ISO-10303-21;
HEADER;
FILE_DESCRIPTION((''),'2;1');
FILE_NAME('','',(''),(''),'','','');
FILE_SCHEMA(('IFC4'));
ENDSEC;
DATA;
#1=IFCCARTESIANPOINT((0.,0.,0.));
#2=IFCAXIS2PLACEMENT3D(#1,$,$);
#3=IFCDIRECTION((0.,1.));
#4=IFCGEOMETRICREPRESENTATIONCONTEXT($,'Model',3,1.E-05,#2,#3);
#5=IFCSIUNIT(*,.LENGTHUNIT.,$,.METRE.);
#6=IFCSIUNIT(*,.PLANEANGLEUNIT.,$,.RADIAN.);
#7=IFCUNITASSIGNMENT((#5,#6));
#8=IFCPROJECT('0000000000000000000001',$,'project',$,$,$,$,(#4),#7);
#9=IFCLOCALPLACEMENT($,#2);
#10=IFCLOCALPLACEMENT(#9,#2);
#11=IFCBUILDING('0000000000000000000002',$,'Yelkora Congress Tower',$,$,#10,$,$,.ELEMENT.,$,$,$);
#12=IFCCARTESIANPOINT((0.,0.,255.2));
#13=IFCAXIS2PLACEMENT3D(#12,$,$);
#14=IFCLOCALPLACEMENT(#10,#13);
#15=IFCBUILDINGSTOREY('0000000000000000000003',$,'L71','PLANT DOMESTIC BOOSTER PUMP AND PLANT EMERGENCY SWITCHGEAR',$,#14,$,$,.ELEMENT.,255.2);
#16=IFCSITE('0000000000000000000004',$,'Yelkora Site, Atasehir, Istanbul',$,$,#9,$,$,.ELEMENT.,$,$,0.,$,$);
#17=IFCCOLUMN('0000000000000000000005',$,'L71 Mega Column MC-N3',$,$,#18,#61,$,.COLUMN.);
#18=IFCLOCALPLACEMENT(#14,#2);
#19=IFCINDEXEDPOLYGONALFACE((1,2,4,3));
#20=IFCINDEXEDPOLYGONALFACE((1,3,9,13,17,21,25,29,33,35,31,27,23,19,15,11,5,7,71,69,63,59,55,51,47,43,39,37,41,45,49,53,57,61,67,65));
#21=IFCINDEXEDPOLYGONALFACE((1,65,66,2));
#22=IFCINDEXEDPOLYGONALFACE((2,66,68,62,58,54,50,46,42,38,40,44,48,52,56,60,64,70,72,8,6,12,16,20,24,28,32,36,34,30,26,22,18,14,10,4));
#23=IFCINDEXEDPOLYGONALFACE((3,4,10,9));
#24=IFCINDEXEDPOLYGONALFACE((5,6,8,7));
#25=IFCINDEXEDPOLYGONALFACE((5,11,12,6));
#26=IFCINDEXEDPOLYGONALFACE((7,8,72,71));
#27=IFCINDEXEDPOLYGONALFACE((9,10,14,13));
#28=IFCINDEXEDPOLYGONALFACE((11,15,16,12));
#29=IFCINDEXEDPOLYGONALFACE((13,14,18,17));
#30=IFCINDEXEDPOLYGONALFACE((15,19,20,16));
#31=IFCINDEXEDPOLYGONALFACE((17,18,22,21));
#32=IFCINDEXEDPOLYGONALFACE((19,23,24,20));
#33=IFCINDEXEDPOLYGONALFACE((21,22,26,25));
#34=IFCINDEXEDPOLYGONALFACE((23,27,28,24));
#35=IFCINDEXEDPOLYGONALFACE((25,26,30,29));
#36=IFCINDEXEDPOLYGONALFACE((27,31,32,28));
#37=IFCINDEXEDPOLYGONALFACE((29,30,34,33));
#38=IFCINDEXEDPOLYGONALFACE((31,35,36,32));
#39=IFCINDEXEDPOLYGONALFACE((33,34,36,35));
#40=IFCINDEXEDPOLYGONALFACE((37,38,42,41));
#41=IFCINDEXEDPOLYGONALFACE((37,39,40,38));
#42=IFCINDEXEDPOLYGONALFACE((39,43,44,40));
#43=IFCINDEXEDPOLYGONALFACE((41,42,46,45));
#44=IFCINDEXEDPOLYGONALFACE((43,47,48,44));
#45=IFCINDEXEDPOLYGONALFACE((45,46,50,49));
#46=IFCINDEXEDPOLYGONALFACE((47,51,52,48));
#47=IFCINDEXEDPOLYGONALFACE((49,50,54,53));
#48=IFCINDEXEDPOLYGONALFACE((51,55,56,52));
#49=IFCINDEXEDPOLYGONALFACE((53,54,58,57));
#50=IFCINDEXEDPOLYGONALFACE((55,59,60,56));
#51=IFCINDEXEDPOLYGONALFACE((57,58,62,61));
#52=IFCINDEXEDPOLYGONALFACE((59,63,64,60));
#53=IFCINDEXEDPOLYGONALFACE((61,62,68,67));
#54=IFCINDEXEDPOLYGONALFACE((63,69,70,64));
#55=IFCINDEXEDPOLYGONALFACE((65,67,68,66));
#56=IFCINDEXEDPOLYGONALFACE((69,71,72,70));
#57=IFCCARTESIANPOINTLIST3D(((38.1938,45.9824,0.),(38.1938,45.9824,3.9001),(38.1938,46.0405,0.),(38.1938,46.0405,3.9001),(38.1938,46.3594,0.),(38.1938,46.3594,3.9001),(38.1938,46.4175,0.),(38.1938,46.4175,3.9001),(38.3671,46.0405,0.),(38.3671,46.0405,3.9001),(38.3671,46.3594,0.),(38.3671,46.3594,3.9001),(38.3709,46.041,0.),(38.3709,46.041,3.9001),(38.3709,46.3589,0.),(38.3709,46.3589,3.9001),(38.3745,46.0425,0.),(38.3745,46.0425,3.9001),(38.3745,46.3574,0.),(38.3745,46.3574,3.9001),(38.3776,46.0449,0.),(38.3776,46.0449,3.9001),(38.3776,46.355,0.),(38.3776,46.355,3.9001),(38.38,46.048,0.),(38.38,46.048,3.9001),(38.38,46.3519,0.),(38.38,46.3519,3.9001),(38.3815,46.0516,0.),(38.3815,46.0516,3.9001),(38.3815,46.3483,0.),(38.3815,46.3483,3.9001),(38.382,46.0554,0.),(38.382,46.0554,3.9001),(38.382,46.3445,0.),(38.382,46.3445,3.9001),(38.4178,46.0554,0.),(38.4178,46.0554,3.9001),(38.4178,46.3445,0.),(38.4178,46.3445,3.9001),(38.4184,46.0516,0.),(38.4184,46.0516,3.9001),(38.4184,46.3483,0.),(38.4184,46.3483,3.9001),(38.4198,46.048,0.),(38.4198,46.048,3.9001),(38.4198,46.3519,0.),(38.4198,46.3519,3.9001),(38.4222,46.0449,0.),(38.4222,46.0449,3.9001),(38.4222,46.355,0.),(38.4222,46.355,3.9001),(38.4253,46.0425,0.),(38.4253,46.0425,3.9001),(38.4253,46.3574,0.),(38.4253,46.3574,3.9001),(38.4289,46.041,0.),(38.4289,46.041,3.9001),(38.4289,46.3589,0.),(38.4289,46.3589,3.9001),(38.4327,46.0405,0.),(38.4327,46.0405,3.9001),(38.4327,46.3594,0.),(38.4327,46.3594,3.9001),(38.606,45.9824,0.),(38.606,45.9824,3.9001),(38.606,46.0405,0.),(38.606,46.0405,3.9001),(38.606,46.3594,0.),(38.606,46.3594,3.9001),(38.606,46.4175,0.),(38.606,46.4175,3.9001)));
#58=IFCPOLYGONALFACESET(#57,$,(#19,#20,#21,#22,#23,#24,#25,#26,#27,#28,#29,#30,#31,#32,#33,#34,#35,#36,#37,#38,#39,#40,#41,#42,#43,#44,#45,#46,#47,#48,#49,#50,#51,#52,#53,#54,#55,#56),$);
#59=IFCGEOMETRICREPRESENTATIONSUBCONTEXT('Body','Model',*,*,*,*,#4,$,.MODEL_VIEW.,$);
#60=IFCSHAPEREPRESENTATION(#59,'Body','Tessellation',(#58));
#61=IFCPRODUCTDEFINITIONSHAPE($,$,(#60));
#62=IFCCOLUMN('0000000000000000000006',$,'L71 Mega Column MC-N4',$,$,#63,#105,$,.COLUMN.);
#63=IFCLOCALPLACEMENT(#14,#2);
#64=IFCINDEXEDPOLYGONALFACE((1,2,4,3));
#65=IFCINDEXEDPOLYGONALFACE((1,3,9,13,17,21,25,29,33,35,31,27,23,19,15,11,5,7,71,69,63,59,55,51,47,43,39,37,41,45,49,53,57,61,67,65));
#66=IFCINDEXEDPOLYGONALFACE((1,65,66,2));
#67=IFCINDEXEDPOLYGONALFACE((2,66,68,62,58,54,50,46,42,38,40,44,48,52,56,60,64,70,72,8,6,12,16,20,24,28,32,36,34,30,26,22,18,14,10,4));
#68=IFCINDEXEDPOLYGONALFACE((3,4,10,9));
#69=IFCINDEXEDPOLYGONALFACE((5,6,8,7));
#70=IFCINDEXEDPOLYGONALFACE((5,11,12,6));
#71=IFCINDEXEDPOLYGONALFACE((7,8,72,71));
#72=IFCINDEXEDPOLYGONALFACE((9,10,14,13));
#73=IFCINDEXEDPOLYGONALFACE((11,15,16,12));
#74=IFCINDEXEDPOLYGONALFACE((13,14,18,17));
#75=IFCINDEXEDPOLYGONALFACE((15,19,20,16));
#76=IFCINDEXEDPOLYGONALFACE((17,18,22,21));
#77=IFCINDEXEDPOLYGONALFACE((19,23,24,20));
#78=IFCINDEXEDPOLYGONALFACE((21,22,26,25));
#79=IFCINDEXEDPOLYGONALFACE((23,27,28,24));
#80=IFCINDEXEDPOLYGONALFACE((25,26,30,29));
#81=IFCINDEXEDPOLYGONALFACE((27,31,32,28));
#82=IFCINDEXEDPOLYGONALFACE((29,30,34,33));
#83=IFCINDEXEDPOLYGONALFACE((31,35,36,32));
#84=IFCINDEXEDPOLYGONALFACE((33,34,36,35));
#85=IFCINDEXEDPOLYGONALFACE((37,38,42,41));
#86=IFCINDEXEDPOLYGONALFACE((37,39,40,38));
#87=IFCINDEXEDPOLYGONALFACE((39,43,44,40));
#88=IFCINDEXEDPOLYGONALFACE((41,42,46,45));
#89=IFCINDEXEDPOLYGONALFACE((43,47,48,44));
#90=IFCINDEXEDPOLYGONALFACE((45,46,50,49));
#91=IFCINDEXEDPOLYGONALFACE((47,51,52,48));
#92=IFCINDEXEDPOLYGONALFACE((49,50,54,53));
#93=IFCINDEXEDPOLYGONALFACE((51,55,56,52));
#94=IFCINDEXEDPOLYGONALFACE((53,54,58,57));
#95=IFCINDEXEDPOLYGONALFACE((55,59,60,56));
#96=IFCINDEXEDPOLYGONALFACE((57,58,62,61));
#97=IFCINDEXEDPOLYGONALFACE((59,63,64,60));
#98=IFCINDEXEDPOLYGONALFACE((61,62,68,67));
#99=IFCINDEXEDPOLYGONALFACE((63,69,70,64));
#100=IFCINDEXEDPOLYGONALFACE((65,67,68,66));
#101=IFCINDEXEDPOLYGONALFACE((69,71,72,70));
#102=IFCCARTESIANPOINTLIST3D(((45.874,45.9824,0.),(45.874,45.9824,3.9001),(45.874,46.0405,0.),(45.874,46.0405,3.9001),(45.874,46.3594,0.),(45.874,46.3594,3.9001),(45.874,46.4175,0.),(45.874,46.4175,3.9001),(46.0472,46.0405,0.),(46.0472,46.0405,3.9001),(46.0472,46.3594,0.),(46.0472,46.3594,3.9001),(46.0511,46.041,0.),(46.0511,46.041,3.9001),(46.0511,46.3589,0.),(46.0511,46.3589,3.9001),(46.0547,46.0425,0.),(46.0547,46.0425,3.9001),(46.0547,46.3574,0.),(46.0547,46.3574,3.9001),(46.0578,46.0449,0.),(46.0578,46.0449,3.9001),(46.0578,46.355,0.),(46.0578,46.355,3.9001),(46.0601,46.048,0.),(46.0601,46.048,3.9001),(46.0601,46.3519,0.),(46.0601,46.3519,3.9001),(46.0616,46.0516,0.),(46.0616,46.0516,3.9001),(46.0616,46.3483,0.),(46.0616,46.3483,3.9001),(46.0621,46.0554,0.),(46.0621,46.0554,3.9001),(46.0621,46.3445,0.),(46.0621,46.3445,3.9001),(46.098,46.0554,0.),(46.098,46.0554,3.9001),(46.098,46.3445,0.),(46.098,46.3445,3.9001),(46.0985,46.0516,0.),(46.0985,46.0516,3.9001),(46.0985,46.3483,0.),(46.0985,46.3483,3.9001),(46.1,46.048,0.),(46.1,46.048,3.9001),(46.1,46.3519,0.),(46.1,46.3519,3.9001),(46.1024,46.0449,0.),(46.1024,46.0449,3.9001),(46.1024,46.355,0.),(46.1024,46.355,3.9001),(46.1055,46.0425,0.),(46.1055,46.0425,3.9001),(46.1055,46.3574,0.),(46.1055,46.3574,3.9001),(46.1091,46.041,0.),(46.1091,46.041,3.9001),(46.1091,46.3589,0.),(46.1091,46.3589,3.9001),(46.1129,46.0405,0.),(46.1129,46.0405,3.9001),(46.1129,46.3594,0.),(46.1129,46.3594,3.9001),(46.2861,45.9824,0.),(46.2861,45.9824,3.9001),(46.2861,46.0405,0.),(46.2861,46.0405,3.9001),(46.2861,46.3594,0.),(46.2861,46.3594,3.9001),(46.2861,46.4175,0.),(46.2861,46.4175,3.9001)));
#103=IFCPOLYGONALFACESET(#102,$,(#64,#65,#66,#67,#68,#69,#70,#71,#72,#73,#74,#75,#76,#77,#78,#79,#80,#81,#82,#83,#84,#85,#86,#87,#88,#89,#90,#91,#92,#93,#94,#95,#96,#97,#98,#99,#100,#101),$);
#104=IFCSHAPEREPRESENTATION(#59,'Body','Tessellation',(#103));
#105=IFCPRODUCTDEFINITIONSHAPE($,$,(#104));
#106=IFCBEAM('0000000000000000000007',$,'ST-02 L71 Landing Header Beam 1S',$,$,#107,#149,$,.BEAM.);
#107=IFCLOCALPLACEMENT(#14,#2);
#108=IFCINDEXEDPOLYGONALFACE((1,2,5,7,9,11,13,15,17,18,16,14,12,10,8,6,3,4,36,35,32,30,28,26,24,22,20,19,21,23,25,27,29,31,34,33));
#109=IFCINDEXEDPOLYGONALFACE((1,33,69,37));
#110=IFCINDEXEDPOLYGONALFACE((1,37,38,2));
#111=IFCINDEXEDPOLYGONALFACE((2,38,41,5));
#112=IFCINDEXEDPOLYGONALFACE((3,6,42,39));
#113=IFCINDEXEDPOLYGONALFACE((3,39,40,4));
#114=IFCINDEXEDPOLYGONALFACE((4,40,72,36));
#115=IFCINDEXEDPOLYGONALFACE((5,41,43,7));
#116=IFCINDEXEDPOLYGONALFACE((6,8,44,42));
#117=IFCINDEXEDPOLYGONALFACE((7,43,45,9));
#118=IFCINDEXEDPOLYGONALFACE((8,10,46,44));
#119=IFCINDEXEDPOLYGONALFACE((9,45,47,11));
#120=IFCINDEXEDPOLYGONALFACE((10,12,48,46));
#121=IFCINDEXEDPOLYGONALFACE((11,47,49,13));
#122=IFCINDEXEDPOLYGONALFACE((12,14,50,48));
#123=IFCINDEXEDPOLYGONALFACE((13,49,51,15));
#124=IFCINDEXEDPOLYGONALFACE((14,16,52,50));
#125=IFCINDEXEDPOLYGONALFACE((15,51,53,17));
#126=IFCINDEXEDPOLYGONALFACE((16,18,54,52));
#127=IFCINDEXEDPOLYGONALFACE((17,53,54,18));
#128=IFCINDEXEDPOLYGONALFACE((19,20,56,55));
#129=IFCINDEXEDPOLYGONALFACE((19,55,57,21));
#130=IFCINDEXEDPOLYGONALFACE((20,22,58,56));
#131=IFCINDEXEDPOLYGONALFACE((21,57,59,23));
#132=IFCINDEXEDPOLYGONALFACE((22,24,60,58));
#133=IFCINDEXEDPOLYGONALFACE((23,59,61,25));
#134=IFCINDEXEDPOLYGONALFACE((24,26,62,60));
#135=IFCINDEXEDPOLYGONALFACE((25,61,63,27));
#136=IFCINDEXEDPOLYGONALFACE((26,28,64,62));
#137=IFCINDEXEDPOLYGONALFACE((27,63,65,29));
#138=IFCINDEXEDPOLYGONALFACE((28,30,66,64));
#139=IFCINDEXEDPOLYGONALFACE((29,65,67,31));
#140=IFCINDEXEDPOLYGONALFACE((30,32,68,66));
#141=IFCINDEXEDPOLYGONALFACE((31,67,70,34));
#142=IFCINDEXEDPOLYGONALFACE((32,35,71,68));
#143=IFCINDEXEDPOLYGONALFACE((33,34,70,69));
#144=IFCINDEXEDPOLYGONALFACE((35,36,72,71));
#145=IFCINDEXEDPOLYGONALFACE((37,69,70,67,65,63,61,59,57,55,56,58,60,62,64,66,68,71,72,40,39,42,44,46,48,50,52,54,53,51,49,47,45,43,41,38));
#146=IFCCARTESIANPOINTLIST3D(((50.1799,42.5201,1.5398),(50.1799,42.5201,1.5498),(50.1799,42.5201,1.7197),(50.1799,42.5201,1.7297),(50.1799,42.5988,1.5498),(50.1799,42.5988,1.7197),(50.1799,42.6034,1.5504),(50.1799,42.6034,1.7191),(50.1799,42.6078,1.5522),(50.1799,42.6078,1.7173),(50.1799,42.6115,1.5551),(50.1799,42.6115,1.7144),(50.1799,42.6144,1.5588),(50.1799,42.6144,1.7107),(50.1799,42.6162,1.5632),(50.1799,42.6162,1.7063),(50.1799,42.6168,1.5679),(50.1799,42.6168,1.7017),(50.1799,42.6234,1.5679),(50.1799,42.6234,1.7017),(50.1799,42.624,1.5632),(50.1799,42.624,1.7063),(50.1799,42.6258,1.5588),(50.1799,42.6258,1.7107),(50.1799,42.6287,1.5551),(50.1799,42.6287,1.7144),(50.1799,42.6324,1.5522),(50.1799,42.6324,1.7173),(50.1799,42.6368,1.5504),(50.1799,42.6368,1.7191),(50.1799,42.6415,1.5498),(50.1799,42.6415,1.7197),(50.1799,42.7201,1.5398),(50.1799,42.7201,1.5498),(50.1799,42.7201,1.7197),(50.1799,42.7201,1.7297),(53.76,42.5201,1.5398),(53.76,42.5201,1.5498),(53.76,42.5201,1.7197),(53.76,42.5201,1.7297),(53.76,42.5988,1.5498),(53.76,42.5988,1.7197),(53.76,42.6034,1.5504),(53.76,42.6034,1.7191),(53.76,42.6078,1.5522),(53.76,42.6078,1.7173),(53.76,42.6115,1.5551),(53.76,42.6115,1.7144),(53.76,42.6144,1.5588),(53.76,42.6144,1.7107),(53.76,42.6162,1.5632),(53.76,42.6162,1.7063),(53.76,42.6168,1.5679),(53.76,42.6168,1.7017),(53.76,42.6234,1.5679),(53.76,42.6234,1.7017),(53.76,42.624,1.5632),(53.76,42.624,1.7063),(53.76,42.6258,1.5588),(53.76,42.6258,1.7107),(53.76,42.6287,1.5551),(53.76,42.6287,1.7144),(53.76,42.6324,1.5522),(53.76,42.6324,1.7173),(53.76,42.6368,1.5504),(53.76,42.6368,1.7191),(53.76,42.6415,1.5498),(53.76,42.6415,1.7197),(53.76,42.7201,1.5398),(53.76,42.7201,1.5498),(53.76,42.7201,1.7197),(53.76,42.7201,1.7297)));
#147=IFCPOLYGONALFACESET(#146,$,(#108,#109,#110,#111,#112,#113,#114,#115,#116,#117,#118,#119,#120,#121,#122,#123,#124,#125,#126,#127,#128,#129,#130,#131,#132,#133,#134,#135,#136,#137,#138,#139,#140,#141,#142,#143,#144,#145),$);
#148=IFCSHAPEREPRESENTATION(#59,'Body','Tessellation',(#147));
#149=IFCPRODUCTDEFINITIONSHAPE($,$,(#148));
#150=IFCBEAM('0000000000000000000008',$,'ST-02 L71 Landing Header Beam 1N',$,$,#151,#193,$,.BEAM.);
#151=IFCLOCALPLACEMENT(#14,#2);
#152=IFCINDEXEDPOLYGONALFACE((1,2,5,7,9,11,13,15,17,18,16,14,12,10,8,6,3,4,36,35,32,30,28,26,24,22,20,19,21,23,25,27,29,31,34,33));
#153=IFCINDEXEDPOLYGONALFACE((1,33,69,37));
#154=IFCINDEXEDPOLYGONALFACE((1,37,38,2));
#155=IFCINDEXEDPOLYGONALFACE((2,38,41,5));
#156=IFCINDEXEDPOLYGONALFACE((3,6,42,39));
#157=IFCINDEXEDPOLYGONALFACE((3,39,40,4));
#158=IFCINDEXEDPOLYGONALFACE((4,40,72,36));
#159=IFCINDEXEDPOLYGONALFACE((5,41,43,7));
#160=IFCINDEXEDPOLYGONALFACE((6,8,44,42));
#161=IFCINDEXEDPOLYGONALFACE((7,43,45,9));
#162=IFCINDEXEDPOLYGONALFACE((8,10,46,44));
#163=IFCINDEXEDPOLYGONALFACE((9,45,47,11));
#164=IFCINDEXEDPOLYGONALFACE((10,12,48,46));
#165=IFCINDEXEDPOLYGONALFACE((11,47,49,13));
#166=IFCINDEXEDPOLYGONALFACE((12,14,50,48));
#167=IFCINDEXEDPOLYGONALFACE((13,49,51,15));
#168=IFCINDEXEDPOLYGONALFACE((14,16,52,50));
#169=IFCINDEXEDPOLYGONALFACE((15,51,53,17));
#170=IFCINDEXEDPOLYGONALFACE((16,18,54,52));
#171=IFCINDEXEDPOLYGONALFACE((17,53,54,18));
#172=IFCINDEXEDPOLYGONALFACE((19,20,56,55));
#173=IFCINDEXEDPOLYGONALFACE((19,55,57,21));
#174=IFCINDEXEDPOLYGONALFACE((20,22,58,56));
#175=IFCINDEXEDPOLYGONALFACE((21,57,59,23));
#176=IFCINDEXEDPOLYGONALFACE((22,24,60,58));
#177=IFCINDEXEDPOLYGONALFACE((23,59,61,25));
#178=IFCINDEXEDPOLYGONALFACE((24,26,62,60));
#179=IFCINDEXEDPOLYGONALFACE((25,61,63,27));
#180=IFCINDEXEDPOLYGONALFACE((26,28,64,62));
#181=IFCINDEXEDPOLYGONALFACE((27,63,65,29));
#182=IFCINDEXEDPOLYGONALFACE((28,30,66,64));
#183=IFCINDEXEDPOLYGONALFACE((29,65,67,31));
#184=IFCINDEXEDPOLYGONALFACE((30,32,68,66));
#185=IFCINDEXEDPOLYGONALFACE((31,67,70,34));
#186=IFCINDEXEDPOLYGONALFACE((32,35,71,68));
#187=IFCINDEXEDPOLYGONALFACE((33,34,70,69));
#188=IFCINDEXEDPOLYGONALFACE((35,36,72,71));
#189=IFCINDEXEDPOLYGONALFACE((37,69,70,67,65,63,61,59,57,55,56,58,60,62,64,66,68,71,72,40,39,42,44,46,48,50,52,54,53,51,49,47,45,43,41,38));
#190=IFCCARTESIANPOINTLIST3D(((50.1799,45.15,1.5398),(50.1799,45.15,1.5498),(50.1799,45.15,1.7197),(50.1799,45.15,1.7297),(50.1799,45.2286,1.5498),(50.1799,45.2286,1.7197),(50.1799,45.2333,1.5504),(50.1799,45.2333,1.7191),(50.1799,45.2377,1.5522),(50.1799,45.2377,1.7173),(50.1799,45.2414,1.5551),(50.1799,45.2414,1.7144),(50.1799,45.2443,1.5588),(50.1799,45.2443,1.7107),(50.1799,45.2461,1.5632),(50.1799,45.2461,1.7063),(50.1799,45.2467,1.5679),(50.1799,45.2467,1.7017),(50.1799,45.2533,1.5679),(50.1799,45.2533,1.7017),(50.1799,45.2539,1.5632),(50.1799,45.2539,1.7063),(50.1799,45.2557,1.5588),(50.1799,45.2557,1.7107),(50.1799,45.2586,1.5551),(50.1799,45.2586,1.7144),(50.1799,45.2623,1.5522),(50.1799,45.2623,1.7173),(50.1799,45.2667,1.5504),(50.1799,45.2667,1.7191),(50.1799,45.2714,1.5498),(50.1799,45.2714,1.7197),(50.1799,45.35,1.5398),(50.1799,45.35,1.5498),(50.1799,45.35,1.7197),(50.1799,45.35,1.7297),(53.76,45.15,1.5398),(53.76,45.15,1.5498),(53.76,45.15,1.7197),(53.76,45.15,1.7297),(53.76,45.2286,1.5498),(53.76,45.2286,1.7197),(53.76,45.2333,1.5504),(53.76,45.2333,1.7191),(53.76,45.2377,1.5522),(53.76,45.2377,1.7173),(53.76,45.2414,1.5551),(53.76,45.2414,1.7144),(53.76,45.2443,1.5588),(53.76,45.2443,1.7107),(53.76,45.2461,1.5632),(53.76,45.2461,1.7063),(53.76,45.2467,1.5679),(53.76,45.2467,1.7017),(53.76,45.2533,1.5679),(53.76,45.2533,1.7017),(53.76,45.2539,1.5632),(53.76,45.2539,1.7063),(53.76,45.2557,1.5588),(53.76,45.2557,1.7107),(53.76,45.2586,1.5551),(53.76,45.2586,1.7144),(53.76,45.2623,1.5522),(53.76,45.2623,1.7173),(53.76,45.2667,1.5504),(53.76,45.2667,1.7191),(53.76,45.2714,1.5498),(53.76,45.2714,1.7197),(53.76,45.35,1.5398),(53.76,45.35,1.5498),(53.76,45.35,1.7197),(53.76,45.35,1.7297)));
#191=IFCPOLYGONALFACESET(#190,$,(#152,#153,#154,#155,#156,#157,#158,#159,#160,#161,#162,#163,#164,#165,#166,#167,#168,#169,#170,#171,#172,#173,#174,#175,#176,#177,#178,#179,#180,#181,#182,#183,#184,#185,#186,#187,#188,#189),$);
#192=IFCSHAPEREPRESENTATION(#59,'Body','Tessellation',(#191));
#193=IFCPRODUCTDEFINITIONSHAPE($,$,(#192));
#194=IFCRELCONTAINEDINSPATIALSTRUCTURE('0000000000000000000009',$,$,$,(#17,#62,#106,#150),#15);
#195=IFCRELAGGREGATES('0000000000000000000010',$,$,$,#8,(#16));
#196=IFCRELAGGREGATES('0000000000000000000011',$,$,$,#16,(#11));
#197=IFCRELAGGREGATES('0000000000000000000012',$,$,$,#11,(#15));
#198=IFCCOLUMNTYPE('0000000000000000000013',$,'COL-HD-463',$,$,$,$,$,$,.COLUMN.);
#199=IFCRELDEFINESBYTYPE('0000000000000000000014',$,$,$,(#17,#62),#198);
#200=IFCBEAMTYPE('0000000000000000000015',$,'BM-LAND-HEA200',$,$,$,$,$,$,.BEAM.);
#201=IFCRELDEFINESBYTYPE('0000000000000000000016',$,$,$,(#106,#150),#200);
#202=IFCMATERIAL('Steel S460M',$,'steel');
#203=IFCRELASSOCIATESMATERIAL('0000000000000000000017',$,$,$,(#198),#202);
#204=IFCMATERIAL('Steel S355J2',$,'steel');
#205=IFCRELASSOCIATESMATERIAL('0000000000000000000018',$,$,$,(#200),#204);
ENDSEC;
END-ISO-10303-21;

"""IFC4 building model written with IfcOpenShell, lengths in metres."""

from ifc_helpers import new_model, si_unit, direction, frame, origin, origin_2d, place, context, subcontext, project, spatial, i_section, extrude, material, material_profile, profile_set, type_object, element, save


model = new_model("IFC4")

# Units and contexts
model_context = context("Model", 3, precision=1e-05, world=origin(), true_north=direction((0.0, 1.0)))
body_context = subcontext(model_context, "Body", "Model", "MODEL_VIEW")
ifc_project = project(units=[si_unit("LENGTHUNIT", "METRE"), si_unit("PLANEANGLEUNIT", "RADIAN")], contexts=[model_context])

# Site, building, storey
site_placement = place(None, origin())
site = spatial("IfcSite", under=ifc_project, at=site_placement, Name="Yelkora Site, Atasehir, Istanbul", CompositionType="ELEMENT", RefElevation=0.0)
building_placement = place(site_placement, origin())
building = spatial("IfcBuilding", under=site, at=building_placement, Name="Yelkora Congress Tower", CompositionType="ELEMENT")
storey_placement = place(building_placement, frame((0.0, 0.0, 255.2)))
storey = spatial("IfcBuildingStorey", under=building, at=storey_placement, Name="L71", Description="PLANT DOMESTIC BOOSTER PUMP AND PLANT EMERGENCY SWITCHGEAR", CompositionType="ELEMENT", Elevation=255.2)

# Columns
ifc_material_1 = material(Name="Steel S460M", Category="steel")
ifc_material_profile_1 = material_profile(ifc_material_1, i_section(OverallWidth=0.4121, OverallDepth=0.4351, WebThickness=0.0359, FlangeThickness=0.0581, FilletRadius=0.0149, at=origin_2d()), Name="HD 400x463")
ifc_profile_set_1 = profile_set([ifc_material_profile_1], Name="Steel S460M")
column_type = type_object("IfcColumnType", Name="COL-HD-463", PredefinedType="COLUMN", material=ifc_profile_set_1)
for number, where, z_axis, x_axis, name in (
    (1, (38.3999, 46.2, 0.0), (0.0, 0.0, 1.0), (1.0, 0.0, 0.0), "L71 Mega Column MC-N3"),
    (2, (46.0801, 46.2, 0.0), (0.0, 0.0, 1.0), (1.0, 0.0, 0.0), "L71 Mega Column MC-N4"),
):
    element("IfcColumn", number, at=place(storey_placement, frame(where, z_axis=z_axis, x_axis=x_axis)), inside=storey, type_object=column_type, Name=name, PredefinedType="COLUMN", context=body_context, shape_type="SweptSolid", body=[
        extrude(i_section(OverallWidth=0.4121, OverallDepth=0.4351, WebThickness=0.0359, FlangeThickness=0.0581, FilletRadius=0.0149, at=origin_2d()), origin(), (0.0, 0.0, 1.0), 3.9001),
    ])

# Beams
ifc_material_2 = material(Name="Steel S355J2", Category="steel")
ifc_material_profile_2 = material_profile(ifc_material_2, i_section(OverallWidth=0.2, OverallDepth=0.1899, WebThickness=0.0066, FlangeThickness=0.01, FilletRadius=0.0181, at=origin_2d()), Name="HEA 200")
ifc_profile_set_2 = profile_set([ifc_material_profile_2], Name="Steel S355J2")
beam_type_1 = type_object("IfcBeamType", Name="BM-LAND-HEA200", PredefinedType="BEAM", material=ifc_profile_set_2)
for number, where, z_axis, x_axis, name in (
    (3, (50.1799, 42.6201, 1.6348), (1.0, 0.0, 0.0), (0.0, 1.0, 0.0), "ST-02 L71 Landing Header Beam 1S"),
    (4, (50.1799, 45.25, 1.6348), (1.0, 0.0, 0.0), (0.0, 1.0, 0.0), "ST-02 L71 Landing Header Beam 1N"),
):
    element("IfcBeam", number, at=place(storey_placement, frame(where, z_axis=z_axis, x_axis=x_axis)), inside=storey, type_object=beam_type_1, Name=name, PredefinedType="BEAM", context=body_context, shape_type="SweptSolid", body=[
        extrude(i_section(OverallWidth=0.2, OverallDepth=0.1899, WebThickness=0.0066, FlangeThickness=0.01, FilletRadius=0.0181, at=origin_2d()), origin(), (0.0, 0.0, 1.0), 3.5801),
    ])

save(model, "model.ifc")
